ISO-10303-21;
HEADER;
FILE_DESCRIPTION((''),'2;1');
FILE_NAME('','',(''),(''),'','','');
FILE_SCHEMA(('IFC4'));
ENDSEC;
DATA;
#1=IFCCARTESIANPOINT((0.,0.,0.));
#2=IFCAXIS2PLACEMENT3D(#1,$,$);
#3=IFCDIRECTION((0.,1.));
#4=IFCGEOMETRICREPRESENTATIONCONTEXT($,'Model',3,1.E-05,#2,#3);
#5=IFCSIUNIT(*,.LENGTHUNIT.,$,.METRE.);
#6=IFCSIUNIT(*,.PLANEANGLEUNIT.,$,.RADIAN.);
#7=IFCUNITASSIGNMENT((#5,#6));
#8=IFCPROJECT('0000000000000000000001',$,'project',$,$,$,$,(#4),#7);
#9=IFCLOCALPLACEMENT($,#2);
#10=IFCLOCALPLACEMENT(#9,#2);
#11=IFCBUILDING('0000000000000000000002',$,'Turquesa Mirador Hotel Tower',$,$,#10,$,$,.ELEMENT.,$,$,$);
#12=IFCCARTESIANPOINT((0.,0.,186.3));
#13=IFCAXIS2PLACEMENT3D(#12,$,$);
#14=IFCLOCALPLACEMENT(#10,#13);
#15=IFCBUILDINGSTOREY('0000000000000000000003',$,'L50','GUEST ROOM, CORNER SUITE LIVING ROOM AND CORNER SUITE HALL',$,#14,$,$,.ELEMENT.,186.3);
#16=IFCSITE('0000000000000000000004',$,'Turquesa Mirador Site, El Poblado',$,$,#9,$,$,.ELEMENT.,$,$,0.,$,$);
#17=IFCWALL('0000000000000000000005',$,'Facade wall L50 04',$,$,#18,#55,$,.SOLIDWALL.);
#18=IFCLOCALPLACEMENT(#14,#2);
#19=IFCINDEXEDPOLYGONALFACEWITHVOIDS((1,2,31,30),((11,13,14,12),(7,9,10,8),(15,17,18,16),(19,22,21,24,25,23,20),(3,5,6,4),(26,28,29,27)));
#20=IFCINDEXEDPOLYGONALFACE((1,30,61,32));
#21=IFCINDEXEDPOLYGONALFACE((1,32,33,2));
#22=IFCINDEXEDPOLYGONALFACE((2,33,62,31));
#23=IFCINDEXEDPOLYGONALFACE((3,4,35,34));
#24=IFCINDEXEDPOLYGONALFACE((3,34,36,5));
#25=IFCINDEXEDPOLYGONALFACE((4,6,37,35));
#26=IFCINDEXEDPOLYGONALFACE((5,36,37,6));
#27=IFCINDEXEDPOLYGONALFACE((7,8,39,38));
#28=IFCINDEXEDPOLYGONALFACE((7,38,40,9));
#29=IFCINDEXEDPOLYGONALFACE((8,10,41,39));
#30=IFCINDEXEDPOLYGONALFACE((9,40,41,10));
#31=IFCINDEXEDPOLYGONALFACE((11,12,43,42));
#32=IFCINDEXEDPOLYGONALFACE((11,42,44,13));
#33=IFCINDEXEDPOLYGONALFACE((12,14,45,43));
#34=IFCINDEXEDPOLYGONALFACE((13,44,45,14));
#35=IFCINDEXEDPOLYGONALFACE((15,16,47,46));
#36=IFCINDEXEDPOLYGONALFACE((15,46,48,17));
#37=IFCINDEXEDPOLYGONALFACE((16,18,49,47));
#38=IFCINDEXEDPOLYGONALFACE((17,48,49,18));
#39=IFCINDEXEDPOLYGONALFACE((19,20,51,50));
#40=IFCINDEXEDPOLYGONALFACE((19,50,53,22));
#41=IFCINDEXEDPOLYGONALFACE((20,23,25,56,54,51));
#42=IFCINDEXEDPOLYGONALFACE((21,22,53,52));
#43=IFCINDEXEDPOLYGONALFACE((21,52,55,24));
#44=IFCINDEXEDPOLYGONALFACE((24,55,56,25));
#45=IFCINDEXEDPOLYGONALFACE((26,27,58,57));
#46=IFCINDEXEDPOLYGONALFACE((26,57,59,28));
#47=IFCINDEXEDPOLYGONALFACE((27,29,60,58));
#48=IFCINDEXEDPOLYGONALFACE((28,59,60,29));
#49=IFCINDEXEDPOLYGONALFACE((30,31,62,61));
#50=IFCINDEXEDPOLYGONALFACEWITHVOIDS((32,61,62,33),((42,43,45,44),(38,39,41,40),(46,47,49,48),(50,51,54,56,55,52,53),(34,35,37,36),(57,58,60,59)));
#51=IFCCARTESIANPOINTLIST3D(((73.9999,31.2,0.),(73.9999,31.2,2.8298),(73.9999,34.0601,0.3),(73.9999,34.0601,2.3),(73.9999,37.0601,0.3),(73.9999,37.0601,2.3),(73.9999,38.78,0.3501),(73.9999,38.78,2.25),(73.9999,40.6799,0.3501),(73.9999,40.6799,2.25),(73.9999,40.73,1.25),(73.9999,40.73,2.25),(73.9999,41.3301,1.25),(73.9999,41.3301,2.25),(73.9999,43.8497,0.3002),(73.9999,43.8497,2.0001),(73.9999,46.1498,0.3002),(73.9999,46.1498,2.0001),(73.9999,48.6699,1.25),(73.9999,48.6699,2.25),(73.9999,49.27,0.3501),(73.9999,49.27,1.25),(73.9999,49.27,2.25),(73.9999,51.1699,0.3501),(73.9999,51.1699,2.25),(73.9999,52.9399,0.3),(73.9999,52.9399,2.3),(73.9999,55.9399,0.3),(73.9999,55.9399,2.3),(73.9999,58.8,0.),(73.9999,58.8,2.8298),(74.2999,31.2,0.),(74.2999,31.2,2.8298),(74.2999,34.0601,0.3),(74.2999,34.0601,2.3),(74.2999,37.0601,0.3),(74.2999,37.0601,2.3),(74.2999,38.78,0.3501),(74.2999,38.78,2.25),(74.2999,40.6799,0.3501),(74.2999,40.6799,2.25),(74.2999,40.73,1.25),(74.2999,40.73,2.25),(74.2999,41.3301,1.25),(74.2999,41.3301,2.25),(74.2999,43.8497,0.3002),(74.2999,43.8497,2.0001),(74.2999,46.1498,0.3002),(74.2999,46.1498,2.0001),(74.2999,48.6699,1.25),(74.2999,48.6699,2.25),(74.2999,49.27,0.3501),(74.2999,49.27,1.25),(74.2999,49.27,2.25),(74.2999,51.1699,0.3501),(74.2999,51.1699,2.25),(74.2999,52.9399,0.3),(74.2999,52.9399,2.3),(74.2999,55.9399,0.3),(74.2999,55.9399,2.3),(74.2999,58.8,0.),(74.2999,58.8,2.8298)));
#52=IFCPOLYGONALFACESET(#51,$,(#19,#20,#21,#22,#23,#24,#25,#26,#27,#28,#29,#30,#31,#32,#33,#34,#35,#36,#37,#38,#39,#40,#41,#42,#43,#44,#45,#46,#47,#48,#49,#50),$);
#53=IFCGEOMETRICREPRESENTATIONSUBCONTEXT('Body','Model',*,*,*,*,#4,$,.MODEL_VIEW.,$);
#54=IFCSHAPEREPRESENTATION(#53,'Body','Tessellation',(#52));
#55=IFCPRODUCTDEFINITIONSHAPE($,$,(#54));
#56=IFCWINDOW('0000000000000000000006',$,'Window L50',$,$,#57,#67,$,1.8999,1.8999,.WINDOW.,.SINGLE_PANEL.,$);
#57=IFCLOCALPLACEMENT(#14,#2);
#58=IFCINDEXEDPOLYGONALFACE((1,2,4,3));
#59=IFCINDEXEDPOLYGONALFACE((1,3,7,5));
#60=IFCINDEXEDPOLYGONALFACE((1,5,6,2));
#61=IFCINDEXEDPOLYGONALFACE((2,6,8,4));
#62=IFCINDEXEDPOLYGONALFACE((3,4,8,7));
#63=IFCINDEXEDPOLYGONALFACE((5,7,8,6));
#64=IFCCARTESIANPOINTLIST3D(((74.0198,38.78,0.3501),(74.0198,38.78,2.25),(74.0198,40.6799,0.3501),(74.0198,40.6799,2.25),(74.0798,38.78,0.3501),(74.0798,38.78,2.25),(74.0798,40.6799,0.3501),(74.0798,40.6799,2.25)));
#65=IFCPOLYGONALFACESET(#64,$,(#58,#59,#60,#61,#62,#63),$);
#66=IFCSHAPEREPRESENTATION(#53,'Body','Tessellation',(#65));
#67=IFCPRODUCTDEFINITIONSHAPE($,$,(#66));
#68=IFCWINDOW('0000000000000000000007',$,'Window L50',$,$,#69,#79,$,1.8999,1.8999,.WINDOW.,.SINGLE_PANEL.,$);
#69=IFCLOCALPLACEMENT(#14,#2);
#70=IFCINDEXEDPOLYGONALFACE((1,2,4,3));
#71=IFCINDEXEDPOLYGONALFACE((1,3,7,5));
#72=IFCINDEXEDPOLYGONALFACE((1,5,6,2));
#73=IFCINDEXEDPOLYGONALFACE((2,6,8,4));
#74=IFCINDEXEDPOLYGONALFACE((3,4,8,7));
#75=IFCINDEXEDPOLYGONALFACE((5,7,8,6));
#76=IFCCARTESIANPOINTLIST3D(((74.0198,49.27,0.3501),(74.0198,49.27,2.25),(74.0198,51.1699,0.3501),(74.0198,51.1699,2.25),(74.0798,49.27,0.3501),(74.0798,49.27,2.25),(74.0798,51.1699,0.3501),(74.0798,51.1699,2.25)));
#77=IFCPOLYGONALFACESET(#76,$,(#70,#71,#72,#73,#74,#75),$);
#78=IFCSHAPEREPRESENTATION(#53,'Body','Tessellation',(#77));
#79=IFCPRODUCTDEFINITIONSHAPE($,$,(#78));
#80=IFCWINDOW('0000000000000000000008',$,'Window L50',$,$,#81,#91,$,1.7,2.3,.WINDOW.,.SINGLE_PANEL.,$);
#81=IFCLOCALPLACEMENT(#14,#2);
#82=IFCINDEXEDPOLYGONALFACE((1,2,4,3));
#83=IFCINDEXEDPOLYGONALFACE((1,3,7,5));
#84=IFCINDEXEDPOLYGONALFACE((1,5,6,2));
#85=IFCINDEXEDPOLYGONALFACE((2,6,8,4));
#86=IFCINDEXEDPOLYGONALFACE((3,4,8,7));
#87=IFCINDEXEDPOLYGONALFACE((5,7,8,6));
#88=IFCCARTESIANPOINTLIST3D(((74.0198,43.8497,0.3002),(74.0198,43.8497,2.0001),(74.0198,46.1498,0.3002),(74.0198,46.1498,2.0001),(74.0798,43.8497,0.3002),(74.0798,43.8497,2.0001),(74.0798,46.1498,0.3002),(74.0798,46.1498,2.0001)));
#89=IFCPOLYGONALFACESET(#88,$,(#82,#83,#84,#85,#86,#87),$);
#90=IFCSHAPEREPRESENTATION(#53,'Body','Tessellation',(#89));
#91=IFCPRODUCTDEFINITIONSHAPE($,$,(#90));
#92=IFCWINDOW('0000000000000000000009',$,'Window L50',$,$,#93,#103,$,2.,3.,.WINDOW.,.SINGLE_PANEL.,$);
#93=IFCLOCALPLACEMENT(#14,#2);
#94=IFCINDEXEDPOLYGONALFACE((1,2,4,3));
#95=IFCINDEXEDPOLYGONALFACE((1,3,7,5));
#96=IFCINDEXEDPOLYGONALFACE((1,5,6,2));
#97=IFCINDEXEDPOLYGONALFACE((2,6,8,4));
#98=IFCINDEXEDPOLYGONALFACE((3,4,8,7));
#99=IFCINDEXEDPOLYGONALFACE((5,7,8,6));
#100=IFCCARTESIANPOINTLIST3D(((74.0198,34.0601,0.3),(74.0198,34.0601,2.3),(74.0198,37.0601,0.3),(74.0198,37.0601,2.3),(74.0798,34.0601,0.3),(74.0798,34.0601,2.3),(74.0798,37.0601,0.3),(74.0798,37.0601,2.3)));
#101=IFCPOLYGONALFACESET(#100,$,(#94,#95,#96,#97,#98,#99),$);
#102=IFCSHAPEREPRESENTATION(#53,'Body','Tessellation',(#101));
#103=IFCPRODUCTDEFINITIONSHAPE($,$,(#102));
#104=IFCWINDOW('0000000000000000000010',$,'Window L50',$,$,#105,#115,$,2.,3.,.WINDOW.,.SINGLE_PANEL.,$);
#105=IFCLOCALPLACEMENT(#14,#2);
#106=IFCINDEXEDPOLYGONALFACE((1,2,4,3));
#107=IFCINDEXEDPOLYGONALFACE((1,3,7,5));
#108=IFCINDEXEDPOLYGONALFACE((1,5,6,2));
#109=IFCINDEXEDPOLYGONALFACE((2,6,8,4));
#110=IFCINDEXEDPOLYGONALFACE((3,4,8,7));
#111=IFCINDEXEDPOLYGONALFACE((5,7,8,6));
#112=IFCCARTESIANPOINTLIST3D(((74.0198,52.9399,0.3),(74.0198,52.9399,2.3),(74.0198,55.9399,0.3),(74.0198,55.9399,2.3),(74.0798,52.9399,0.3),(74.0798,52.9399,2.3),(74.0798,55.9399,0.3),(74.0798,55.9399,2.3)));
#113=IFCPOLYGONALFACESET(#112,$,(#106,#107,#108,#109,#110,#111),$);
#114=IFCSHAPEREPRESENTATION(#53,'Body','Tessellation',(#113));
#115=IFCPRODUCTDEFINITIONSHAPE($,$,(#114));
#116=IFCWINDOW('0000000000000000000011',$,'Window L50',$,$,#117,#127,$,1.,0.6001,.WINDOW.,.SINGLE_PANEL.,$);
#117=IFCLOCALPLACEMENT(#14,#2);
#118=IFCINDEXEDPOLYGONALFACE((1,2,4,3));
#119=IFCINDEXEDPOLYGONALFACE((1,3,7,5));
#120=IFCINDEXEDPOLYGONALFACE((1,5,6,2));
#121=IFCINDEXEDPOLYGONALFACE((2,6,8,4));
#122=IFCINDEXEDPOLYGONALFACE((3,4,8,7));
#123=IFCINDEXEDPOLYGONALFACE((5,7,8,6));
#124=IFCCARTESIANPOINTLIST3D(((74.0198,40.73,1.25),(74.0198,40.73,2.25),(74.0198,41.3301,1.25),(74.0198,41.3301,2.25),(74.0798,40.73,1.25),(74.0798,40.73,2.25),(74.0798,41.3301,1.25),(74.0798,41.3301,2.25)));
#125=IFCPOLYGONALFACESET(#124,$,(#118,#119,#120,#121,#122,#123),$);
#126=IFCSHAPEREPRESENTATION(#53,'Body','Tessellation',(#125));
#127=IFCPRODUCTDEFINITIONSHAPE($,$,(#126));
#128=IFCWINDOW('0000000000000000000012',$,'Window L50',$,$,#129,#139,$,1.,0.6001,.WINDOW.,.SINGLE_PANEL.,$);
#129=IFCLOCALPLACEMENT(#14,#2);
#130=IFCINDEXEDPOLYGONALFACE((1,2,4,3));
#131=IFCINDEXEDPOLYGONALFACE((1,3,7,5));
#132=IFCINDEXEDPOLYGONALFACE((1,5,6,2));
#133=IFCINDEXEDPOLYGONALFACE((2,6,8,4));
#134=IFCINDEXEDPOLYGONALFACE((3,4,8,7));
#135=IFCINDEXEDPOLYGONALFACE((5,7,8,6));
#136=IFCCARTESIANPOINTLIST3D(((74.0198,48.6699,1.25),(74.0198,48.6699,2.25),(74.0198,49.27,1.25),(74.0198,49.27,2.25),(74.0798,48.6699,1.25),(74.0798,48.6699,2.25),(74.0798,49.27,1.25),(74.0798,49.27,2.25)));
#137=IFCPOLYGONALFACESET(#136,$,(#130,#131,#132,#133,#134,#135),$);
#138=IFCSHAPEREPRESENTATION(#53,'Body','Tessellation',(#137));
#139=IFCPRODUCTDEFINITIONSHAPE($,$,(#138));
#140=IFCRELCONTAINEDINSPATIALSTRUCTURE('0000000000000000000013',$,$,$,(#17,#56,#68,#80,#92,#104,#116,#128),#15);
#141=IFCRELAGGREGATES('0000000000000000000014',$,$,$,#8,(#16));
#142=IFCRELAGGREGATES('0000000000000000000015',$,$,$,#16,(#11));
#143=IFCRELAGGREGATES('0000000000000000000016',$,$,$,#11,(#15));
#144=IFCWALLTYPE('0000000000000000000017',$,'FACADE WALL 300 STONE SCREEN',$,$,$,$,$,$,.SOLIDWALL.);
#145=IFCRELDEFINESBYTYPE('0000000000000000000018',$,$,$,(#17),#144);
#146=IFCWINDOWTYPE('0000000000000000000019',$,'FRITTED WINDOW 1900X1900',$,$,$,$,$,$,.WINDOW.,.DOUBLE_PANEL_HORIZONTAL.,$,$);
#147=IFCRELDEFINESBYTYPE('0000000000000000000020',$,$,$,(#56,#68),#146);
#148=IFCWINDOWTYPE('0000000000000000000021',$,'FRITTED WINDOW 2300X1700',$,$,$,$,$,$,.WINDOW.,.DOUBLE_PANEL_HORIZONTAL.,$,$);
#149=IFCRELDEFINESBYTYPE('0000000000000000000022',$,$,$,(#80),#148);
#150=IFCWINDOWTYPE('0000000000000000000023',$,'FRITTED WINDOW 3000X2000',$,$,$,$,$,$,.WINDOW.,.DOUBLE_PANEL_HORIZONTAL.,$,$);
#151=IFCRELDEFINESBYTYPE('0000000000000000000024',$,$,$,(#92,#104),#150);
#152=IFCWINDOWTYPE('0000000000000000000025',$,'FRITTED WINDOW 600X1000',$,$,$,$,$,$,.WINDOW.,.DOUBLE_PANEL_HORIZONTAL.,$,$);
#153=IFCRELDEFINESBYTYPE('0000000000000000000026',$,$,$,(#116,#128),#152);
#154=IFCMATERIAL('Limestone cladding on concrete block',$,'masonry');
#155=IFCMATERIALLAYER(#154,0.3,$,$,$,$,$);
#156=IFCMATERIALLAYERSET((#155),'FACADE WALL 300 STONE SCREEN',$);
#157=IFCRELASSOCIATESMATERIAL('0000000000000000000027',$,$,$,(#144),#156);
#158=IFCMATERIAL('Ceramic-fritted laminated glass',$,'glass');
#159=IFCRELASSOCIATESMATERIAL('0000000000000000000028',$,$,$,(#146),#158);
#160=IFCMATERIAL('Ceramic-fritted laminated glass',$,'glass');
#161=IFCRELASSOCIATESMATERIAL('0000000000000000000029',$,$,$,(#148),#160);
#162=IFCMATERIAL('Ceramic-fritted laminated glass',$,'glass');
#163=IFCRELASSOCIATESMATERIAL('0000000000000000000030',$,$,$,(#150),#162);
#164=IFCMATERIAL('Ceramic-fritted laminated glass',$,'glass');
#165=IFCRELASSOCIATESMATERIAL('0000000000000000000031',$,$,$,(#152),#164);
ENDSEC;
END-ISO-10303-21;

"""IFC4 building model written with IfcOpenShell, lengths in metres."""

from ifc_helpers import new_model, si_unit, direction, frame, frame_2d, origin, place, context, subcontext, project, spatial, rectangle, extrude, material, layer, layer_set, type_object, element, fill, save


model = new_model("IFC4")

# Units and contexts
model_context = context("Model", 3, precision=1e-05, world=origin(), true_north=direction((0.0, 1.0)))
body_context = subcontext(model_context, "Body", "Model", "MODEL_VIEW")
ifc_project = project(units=[si_unit("LENGTHUNIT", "METRE"), si_unit("PLANEANGLEUNIT", "RADIAN")], contexts=[model_context])

# Site, building, storey
site_placement = place(None, origin())
site = spatial("IfcSite", under=ifc_project, at=site_placement, Name="Turquesa Mirador Site, El Poblado", CompositionType="ELEMENT", RefElevation=0.0)
building_placement = place(site_placement, origin())
building = spatial("IfcBuilding", under=site, at=building_placement, Name="Turquesa Mirador Hotel Tower", CompositionType="ELEMENT")
storey_placement = place(building_placement, frame((0.0, 0.0, 186.3)))
storey = spatial("IfcBuildingStorey", under=building, at=storey_placement, Name="L50", Description="GUEST ROOM, CORNER SUITE LIVING ROOM AND CORNER SUITE HALL", CompositionType="ELEMENT", Elevation=186.3)

# Shared definitions
ifc_material_1 = material(Name="Limestone cladding on concrete block", Category="masonry")
ifc_layer = layer(ifc_material_1, 0.3)
ifc_layer_set = layer_set([ifc_layer], Name="FACADE WALL 300 STONE SCREEN")
wall_type = type_object("IfcWallType", Name="FACADE WALL 300 STONE SCREEN", PredefinedType="SOLIDWALL", material=ifc_layer_set)

# Wall, openings, windows
wall_1_placement = place(storey_placement, frame((74.1499, 31.2, 0.0), z_axis=(0.0, 0.0, 1.0), x_axis=(0.0, 1.0, 0.0)))
wall_1 = element("IfcWall", 1, at=wall_1_placement, inside=storey, type_object=wall_type, Name="Facade wall L50 04", PredefinedType="SOLIDWALL", context=body_context, shape_type="SweptSolid", body=[
    extrude(rectangle(XDim=27.6001, YDim=0.3, at=frame_2d((13.8, 0.0))), origin(), (0.0, 0.0, 1.0), 2.8298),
])
opening_1_placement = place(wall_1_placement, frame((2.8601, 0.0, 0.3)))
opening_1 = element("IfcOpeningElement", 2, at=opening_1_placement, cuts=wall_1, PredefinedType="OPENING", context=body_context, shape_type="SweptSolid", body=[
    extrude(rectangle(XDim=3.0, YDim=2.0, at=frame_2d((1.5, 1.0))), frame((0.0, 0.1599, 0.0), z_axis=(0.0, -1.0, 0.0), x_axis=(1.0, 0.0, 0.0)), (0.0, 0.0, 1.0), 0.3201),
])
opening_2_placement = place(wall_1_placement, frame((7.5801, 0.0, 0.3501)))
opening_2 = element("IfcOpeningElement", 3, at=opening_2_placement, cuts=wall_1, PredefinedType="OPENING", context=body_context, shape_type="SweptSolid", body=[
    extrude(rectangle(XDim=1.8999, YDim=1.8999, at=frame_2d((0.95, 0.95))), frame((0.0, 0.1599, 0.0), z_axis=(0.0, -1.0, 0.0), x_axis=(1.0, 0.0, 0.0)), (0.0, 0.0, 1.0), 0.3201),
])
opening_3_placement = place(wall_1_placement, frame((12.6499, 0.0, 0.3)))
opening_3 = element("IfcOpeningElement", 4, at=opening_3_placement, cuts=wall_1, PredefinedType="OPENING", context=body_context, shape_type="SweptSolid", body=[
    extrude(rectangle(XDim=2.3, YDim=1.7, at=frame_2d((1.1499, 0.8501))), frame((0.0, 0.1599, 0.0), z_axis=(0.0, -1.0, 0.0), x_axis=(1.0, 0.0, 0.0)), (0.0, 0.0, 1.0), 0.3201),
])
opening_4_placement = place(wall_1_placement, frame((18.0701, 0.0, 0.3501)))
opening_4 = element("IfcOpeningElement", 5, at=opening_4_placement, cuts=wall_1, PredefinedType="OPENING", context=body_context, shape_type="SweptSolid", body=[
    extrude(rectangle(XDim=1.8999, YDim=1.8999, at=frame_2d((0.95, 0.95))), frame((0.0, 0.1599, 0.0), z_axis=(0.0, -1.0, 0.0), x_axis=(1.0, 0.0, 0.0)), (0.0, 0.0, 1.0), 0.3201),
])
opening_5_placement = place(wall_1_placement, frame((21.74, 0.0, 0.3)))
opening_5 = element("IfcOpeningElement", 6, at=opening_5_placement, cuts=wall_1, PredefinedType="OPENING", context=body_context, shape_type="SweptSolid", body=[
    extrude(rectangle(XDim=3.0, YDim=2.0, at=frame_2d((1.5, 1.0))), frame((0.0, 0.1599, 0.0), z_axis=(0.0, -1.0, 0.0), x_axis=(1.0, 0.0, 0.0)), (0.0, 0.0, 1.0), 0.3201),
])
opening_6_placement = place(wall_1_placement, frame((9.53, 0.0, 1.25)))
opening_6 = element("IfcOpeningElement", 7, at=opening_6_placement, cuts=wall_1, PredefinedType="OPENING", context=body_context, shape_type="SweptSolid", body=[
    extrude(rectangle(XDim=0.6001, YDim=1.0, at=frame_2d((0.3, 0.5))), frame((0.0, 0.1599, 0.0), z_axis=(0.0, -1.0, 0.0), x_axis=(1.0, 0.0, 0.0)), (0.0, 0.0, 1.0), 0.3201),
])
opening_7_placement = place(wall_1_placement, frame((17.47, 0.0, 1.25)))
opening_7 = element("IfcOpeningElement", 8, at=opening_7_placement, cuts=wall_1, PredefinedType="OPENING", context=body_context, shape_type="SweptSolid", body=[
    extrude(rectangle(XDim=0.6001, YDim=1.0, at=frame_2d((0.3, 0.5))), frame((0.0, 0.1599, 0.0), z_axis=(0.0, -1.0, 0.0), x_axis=(1.0, 0.0, 0.0)), (0.0, 0.0, 1.0), 0.3201),
])
ifc_material_2 = material(Name="Ceramic-fritted laminated glass", Category="glass")
window_type_1 = type_object("IfcWindowType", Name="FRITTED WINDOW 1900X1900", PartitioningType="DOUBLE_PANEL_HORIZONTAL", PredefinedType="WINDOW", material=ifc_material_2)
window_1_placement = place(opening_2_placement, origin())
window_1 = element("IfcWindow", 9, at=window_1_placement, inside=storey, type_object=window_type_1, Name="Window L50", OverallHeight=1.8999, OverallWidth=1.8999, PartitioningType="SINGLE_PANEL", PredefinedType="WINDOW", context=body_context, shape_type="SweptSolid", body=[
    extrude(rectangle(XDim=1.8999, YDim=1.8999, at=frame_2d((0.95, 0.95))), frame((0.0, 0.1301, 0.0), z_axis=(0.0, -1.0, 0.0), x_axis=(1.0, 0.0, 0.0)), (0.0, 0.0, 1.0), 0.0601),
])
fill(opening_2, window_1)
window_2_placement = place(opening_4_placement, origin())
window_2 = element("IfcWindow", 10, at=window_2_placement, inside=storey, type_object=window_type_1, Name="Window L50", OverallHeight=1.8999, OverallWidth=1.8999, PartitioningType="SINGLE_PANEL", PredefinedType="WINDOW", context=body_context, shape_type="SweptSolid", body=[
    extrude(rectangle(XDim=1.8999, YDim=1.8999, at=frame_2d((0.95, 0.95))), frame((0.0, 0.1301, 0.0), z_axis=(0.0, -1.0, 0.0), x_axis=(1.0, 0.0, 0.0)), (0.0, 0.0, 1.0), 0.0601),
])
fill(opening_4, window_2)
ifc_material_3 = material(Name="Ceramic-fritted laminated glass", Category="glass")
window_type_2 = type_object("IfcWindowType", Name="FRITTED WINDOW 2300X1700", PartitioningType="DOUBLE_PANEL_HORIZONTAL", PredefinedType="WINDOW", material=ifc_material_3)
window_3_placement = place(opening_3_placement, origin())
window_3 = element("IfcWindow", 11, at=window_3_placement, inside=storey, type_object=window_type_2, Name="Window L50", OverallHeight=1.7, OverallWidth=2.3, PartitioningType="SINGLE_PANEL", PredefinedType="WINDOW", context=body_context, shape_type="SweptSolid", body=[
    extrude(rectangle(XDim=2.3, YDim=1.7, at=frame_2d((1.1499, 0.8501))), frame((0.0, 0.1301, 0.0), z_axis=(0.0, -1.0, 0.0), x_axis=(1.0, 0.0, 0.0)), (0.0, 0.0, 1.0), 0.0601),
])
fill(opening_3, window_3)
ifc_material_4 = material(Name="Ceramic-fritted laminated glass", Category="glass")
window_type_3 = type_object("IfcWindowType", Name="FRITTED WINDOW 3000X2000", PartitioningType="DOUBLE_PANEL_HORIZONTAL", PredefinedType="WINDOW", material=ifc_material_4)
window_4_placement = place(opening_1_placement, origin())
window_4 = element("IfcWindow", 12, at=window_4_placement, inside=storey, type_object=window_type_3, Name="Window L50", OverallHeight=2.0, OverallWidth=3.0, PartitioningType="SINGLE_PANEL", PredefinedType="WINDOW", context=body_context, shape_type="SweptSolid", body=[
    extrude(rectangle(XDim=3.0, YDim=2.0, at=frame_2d((1.5, 1.0))), frame((0.0, 0.1301, 0.0), z_axis=(0.0, -1.0, 0.0), x_axis=(1.0, 0.0, 0.0)), (0.0, 0.0, 1.0), 0.0601),
])
fill(opening_1, window_4)
window_5_placement = place(opening_5_placement, origin())
window_5 = element("IfcWindow", 13, at=window_5_placement, inside=storey, type_object=window_type_3, Name="Window L50", OverallHeight=2.0, OverallWidth=3.0, PartitioningType="SINGLE_PANEL", PredefinedType="WINDOW", context=body_context, shape_type="SweptSolid", body=[
    extrude(rectangle(XDim=3.0, YDim=2.0, at=frame_2d((1.5, 1.0))), frame((0.0, 0.1301, 0.0), z_axis=(0.0, -1.0, 0.0), x_axis=(1.0, 0.0, 0.0)), (0.0, 0.0, 1.0), 0.0601),
])
fill(opening_5, window_5)
ifc_material_5 = material(Name="Ceramic-fritted laminated glass", Category="glass")
window_type_4 = type_object("IfcWindowType", Name="FRITTED WINDOW 600X1000", PartitioningType="DOUBLE_PANEL_HORIZONTAL", PredefinedType="WINDOW", material=ifc_material_5)
window_6_placement = place(opening_6_placement, origin())
window_6 = element("IfcWindow", 14, at=window_6_placement, inside=storey, type_object=window_type_4, Name="Window L50", OverallHeight=1.0, OverallWidth=0.6001, PartitioningType="SINGLE_PANEL", PredefinedType="WINDOW", context=body_context, shape_type="SweptSolid", body=[
    extrude(rectangle(XDim=0.6001, YDim=1.0, at=frame_2d((0.3, 0.5))), frame((0.0, 0.1301, 0.0), z_axis=(0.0, -1.0, 0.0), x_axis=(1.0, 0.0, 0.0)), (0.0, 0.0, 1.0), 0.0601),
])
fill(opening_6, window_6)
window_7_placement = place(opening_7_placement, origin())
window_7 = element("IfcWindow", 15, at=window_7_placement, inside=storey, type_object=window_type_4, Name="Window L50", OverallHeight=1.0, OverallWidth=0.6001, PartitioningType="SINGLE_PANEL", PredefinedType="WINDOW", context=body_context, shape_type="SweptSolid", body=[
    extrude(rectangle(XDim=0.6001, YDim=1.0, at=frame_2d((0.3, 0.5))), frame((0.0, 0.1301, 0.0), z_axis=(0.0, -1.0, 0.0), x_axis=(1.0, 0.0, 0.0)), (0.0, 0.0, 1.0), 0.0601),
])
fill(opening_7, window_7)

save(model, "model.ifc")
